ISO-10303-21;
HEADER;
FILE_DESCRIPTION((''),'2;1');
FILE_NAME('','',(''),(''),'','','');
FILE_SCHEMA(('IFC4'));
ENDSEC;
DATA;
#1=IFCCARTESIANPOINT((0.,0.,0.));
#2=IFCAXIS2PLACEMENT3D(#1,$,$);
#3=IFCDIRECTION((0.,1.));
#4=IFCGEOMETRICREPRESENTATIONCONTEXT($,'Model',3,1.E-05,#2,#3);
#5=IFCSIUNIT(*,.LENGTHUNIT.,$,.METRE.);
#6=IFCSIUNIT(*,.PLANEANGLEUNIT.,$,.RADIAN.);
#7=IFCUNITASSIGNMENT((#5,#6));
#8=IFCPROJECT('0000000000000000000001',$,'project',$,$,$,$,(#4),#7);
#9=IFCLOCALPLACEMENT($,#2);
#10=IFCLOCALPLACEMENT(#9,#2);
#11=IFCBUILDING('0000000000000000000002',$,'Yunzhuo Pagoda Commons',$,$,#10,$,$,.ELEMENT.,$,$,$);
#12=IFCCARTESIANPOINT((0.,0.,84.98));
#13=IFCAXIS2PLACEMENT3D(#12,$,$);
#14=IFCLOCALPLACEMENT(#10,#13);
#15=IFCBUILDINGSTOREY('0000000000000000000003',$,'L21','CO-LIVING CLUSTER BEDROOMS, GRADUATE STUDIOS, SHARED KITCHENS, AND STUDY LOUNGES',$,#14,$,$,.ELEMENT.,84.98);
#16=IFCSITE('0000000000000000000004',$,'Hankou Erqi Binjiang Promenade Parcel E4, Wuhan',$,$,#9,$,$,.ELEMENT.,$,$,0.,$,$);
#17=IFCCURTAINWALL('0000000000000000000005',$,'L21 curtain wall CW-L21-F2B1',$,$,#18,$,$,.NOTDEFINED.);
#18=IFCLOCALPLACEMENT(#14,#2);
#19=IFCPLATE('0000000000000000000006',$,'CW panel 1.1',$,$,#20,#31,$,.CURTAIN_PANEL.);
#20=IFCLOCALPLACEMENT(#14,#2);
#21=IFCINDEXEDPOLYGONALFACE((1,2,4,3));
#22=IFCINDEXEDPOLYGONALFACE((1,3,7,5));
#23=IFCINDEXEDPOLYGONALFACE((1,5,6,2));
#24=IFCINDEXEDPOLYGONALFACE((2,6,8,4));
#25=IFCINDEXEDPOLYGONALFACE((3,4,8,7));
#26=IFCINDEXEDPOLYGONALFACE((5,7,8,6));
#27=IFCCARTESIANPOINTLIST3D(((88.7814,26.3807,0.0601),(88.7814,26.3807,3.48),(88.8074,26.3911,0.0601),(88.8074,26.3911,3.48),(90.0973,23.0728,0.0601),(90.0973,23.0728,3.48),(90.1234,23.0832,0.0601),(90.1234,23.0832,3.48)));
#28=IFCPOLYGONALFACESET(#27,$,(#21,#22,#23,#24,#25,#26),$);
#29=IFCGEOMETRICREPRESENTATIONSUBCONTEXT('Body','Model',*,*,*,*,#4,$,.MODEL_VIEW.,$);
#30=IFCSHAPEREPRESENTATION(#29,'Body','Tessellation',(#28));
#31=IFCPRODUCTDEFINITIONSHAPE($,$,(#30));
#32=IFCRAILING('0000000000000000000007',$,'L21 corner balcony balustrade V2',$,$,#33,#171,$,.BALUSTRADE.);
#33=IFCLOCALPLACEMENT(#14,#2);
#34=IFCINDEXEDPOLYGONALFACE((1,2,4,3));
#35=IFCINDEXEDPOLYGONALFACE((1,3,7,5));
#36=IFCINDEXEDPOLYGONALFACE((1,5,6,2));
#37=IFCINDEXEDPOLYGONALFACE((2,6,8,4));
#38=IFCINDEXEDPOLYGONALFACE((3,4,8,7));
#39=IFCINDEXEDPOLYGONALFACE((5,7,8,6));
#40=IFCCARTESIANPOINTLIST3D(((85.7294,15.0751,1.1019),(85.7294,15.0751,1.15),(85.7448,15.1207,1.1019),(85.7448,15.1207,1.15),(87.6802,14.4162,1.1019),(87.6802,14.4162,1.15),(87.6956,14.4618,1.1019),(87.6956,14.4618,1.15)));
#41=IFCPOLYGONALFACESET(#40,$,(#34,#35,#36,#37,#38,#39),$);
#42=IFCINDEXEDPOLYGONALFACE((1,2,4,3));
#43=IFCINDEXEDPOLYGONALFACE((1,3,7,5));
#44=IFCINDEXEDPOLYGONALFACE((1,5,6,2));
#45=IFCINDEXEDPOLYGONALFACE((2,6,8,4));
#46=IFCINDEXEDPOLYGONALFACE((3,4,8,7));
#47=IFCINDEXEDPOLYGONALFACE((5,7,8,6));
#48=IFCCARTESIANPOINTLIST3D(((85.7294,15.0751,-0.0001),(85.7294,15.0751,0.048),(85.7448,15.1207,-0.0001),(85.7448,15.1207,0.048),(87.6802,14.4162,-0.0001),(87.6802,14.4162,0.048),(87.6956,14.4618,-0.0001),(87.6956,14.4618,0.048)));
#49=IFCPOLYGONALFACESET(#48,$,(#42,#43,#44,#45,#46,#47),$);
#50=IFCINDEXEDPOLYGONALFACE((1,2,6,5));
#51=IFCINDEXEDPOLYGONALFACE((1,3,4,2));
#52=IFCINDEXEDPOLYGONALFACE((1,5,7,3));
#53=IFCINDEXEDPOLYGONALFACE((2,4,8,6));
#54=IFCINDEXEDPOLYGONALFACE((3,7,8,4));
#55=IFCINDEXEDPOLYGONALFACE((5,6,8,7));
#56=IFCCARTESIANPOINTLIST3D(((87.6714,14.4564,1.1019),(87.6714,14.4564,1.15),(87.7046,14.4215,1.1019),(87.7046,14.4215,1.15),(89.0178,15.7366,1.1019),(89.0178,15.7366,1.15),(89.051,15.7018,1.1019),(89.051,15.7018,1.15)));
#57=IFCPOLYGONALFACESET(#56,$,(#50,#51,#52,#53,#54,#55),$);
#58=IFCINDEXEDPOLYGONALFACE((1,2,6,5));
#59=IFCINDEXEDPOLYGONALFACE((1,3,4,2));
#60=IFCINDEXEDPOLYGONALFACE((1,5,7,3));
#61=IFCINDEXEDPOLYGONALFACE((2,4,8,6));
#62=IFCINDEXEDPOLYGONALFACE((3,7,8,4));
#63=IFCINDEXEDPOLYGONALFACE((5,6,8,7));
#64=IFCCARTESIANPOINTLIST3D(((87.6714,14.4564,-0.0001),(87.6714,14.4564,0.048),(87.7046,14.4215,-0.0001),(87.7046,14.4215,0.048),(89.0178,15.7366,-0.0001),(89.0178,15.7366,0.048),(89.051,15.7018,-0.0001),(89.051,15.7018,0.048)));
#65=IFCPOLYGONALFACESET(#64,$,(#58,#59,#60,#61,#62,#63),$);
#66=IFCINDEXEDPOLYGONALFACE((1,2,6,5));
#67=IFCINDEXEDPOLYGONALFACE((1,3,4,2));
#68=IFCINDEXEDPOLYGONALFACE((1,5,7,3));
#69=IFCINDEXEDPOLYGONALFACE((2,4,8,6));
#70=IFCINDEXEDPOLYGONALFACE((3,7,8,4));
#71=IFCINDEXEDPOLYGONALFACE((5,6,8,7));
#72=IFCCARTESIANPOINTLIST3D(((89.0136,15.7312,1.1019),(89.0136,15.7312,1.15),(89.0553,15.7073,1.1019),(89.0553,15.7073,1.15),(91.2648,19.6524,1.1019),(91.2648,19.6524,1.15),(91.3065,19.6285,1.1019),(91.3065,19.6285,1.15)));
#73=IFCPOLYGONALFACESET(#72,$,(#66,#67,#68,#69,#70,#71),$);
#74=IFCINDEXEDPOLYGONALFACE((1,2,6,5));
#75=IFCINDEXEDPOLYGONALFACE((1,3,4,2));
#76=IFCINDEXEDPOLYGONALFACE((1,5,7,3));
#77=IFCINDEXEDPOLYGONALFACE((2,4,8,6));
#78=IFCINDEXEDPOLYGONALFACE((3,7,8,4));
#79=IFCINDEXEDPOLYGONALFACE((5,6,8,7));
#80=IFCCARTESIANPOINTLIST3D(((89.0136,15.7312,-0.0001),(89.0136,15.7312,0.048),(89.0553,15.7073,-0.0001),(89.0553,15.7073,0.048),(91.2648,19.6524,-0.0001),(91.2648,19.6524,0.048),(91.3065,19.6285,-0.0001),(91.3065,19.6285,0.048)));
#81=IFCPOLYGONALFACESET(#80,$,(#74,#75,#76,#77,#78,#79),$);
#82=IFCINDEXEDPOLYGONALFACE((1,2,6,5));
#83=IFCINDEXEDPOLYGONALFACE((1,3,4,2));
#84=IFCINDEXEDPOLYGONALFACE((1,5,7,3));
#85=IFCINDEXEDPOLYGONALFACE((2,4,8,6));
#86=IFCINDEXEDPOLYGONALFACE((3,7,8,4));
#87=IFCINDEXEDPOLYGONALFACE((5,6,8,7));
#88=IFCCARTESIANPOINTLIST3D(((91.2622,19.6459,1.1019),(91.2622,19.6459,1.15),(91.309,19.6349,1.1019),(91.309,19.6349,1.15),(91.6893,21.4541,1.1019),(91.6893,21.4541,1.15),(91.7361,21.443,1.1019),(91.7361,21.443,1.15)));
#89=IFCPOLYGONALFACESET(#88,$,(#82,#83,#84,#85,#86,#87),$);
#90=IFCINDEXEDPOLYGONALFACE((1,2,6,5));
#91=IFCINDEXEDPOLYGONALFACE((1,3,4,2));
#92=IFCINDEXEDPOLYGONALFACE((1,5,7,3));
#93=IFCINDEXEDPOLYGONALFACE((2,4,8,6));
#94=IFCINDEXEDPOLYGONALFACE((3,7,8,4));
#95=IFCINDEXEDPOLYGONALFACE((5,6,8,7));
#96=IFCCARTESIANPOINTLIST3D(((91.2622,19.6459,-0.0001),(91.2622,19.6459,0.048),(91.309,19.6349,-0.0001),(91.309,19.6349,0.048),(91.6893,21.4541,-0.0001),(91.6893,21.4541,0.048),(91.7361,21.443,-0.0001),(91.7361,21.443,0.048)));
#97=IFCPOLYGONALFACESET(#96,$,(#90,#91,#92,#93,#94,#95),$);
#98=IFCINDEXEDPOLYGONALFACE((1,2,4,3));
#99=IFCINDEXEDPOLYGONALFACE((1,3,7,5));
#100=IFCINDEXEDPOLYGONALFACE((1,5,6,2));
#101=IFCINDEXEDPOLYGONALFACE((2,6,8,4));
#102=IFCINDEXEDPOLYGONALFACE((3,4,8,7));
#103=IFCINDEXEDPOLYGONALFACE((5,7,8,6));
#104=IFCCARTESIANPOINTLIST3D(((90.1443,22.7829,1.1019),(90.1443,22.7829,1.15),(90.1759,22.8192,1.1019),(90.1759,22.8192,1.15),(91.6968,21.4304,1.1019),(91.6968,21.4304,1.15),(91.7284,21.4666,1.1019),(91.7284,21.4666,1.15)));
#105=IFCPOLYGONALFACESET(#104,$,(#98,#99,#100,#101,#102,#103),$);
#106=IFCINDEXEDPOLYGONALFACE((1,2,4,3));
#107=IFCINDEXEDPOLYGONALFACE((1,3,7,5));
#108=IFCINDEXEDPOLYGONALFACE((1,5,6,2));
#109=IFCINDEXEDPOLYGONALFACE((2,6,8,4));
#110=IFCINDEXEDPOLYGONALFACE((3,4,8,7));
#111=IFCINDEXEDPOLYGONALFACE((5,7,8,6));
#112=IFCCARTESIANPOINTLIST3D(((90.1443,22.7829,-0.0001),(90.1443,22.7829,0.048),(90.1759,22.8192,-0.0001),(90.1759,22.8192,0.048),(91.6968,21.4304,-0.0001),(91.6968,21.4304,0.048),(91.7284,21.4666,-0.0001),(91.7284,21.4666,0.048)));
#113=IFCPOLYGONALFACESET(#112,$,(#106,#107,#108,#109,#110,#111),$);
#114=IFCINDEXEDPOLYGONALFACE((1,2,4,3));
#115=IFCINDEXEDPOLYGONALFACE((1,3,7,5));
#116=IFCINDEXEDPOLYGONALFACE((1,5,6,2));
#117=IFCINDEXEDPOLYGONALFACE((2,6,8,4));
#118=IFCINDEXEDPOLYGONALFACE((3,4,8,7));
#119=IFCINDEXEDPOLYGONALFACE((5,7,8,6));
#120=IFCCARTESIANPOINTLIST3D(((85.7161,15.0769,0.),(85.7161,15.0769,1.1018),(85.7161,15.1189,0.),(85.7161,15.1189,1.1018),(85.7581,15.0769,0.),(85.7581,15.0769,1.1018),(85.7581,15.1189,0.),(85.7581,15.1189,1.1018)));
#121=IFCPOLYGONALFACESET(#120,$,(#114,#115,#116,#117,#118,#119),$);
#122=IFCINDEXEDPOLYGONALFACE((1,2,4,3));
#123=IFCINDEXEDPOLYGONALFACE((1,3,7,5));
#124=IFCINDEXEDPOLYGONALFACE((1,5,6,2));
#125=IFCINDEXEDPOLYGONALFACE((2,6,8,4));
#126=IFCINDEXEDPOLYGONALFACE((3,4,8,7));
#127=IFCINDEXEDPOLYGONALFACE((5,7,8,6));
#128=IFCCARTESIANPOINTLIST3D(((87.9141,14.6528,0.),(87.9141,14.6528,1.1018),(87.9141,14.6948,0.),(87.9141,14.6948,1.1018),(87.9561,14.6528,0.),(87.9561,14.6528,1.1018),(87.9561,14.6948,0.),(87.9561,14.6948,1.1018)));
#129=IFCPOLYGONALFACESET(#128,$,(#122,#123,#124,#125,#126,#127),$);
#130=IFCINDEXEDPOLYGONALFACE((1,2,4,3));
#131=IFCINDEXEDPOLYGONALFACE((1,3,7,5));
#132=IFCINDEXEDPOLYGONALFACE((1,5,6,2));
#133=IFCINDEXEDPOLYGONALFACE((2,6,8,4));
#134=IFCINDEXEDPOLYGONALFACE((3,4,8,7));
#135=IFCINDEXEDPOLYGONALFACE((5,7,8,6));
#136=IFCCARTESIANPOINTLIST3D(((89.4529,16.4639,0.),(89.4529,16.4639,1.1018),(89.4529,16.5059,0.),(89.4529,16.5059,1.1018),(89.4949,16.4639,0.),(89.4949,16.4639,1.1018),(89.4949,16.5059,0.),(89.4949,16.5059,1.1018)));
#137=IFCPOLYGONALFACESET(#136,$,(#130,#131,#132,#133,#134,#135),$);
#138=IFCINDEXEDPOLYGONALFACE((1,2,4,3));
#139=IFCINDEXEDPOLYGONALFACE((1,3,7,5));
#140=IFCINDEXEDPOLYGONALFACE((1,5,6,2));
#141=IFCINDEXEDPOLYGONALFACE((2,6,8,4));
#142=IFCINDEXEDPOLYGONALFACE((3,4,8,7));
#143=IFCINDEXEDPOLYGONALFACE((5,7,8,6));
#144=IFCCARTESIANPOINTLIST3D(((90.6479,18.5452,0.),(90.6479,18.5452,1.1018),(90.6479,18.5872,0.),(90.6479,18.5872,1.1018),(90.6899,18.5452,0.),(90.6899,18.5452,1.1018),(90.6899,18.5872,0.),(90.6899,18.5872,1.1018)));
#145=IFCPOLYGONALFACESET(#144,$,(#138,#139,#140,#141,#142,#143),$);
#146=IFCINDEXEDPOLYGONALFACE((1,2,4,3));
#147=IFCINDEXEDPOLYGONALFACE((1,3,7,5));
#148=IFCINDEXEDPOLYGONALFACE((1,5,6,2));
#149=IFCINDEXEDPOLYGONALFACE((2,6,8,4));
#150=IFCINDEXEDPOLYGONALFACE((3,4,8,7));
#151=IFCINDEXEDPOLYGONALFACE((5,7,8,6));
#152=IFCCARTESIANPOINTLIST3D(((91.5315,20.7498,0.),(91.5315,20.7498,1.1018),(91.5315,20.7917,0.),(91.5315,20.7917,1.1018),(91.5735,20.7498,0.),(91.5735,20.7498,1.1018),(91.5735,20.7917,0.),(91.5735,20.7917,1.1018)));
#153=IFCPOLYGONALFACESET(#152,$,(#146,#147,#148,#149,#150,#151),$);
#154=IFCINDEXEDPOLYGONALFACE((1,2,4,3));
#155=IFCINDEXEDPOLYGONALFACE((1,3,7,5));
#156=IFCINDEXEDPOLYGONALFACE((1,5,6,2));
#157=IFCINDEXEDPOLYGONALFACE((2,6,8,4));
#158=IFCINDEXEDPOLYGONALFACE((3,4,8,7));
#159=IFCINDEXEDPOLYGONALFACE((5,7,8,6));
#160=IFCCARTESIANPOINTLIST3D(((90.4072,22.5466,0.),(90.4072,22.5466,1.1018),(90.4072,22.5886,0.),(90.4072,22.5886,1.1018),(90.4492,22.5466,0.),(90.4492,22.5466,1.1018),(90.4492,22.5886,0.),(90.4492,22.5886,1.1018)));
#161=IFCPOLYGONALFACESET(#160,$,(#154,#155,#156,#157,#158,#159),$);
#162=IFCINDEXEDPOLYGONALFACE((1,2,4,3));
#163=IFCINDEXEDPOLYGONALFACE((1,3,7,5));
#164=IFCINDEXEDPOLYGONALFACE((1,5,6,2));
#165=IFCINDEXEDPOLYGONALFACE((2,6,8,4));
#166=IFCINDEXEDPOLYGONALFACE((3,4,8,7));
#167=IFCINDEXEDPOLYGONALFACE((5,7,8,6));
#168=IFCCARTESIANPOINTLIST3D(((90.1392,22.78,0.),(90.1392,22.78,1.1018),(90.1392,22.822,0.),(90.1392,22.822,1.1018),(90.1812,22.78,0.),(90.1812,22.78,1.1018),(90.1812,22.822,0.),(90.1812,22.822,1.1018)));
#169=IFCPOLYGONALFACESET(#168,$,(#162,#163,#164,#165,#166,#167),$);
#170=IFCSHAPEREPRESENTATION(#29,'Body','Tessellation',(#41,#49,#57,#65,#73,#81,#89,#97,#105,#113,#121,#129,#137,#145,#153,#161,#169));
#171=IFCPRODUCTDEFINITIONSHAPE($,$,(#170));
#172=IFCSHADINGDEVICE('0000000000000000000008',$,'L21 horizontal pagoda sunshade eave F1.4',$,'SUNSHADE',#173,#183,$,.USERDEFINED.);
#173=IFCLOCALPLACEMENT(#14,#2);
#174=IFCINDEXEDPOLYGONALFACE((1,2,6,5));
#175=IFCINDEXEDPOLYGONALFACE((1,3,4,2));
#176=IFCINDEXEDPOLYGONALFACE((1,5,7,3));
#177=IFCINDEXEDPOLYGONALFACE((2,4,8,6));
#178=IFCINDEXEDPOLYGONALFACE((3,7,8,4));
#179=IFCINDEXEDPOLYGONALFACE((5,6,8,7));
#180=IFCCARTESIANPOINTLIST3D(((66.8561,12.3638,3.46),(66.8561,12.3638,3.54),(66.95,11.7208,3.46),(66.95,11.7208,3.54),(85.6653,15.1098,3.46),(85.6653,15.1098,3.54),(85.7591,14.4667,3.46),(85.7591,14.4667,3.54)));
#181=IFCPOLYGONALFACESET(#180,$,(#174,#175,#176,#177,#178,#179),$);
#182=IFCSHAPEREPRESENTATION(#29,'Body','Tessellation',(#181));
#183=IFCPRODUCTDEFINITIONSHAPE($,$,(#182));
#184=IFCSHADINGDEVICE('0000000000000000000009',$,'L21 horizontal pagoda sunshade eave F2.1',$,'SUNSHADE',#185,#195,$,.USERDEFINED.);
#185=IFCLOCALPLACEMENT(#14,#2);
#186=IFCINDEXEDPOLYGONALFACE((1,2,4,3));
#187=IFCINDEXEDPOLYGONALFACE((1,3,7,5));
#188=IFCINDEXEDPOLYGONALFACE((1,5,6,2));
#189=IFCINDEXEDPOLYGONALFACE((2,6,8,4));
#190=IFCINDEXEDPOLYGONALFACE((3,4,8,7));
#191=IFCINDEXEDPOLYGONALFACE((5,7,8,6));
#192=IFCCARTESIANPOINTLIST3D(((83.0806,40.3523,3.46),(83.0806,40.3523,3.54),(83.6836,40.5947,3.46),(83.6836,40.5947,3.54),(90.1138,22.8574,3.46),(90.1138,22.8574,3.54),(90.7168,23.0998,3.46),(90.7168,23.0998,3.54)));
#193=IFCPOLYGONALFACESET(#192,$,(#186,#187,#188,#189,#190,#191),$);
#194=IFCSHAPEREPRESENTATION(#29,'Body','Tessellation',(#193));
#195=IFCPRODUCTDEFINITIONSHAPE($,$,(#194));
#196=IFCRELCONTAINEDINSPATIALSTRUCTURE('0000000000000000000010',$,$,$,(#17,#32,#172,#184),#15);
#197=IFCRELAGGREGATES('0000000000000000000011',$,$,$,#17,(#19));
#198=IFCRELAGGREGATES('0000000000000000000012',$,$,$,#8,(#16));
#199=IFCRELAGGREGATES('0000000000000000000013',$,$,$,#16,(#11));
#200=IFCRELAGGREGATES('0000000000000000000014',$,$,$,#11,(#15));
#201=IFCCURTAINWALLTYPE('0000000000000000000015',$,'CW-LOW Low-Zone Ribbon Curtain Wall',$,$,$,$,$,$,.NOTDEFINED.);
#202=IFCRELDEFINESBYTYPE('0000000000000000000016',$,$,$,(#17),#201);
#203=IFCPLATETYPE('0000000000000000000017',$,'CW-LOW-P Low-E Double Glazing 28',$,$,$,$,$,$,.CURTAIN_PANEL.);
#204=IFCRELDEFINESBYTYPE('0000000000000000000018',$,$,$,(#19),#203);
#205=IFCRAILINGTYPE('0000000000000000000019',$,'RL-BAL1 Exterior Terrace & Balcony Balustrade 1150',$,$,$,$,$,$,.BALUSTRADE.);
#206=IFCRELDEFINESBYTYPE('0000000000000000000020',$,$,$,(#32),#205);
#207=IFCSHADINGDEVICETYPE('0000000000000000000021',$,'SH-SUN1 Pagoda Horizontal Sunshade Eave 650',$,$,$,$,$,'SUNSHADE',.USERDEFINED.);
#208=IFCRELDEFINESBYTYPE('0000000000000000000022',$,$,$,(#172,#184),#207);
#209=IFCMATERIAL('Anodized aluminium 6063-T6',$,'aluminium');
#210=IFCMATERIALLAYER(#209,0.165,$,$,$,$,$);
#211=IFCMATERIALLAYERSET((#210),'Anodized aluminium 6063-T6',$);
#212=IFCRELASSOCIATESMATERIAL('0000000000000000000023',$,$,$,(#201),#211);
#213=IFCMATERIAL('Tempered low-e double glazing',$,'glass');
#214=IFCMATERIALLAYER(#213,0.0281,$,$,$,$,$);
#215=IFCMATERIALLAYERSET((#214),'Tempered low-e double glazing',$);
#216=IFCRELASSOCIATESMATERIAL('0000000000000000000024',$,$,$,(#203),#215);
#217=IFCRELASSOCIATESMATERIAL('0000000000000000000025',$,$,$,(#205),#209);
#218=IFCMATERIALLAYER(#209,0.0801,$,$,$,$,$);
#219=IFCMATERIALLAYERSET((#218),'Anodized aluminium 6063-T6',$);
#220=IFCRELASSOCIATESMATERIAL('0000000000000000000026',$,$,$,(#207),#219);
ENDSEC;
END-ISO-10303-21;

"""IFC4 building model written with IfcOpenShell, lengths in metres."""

from ifc_helpers import new_model, si_unit, direction, frame, origin, origin_2d, place, context, subcontext, project, spatial, rectangle, extrude, source, transform, mapped, material, layer, layer_set, type_object, element, aggregate, save


model = new_model("IFC4")

# Units and contexts
model_context = context("Model", 3, precision=1e-05, world=origin(), true_north=direction((0.0, 1.0)))
body_context = subcontext(model_context, "Body", "Model", "MODEL_VIEW")
ifc_project = project(units=[si_unit("LENGTHUNIT", "METRE"), si_unit("PLANEANGLEUNIT", "RADIAN")], contexts=[model_context])

# Site, building, storey
site_placement = place(None, origin())
site = spatial("IfcSite", under=ifc_project, at=site_placement, Name="Hankou Erqi Binjiang Promenade Parcel E4, Wuhan", CompositionType="ELEMENT", RefElevation=0.0)
building_placement = place(site_placement, origin())
building = spatial("IfcBuilding", under=site, at=building_placement, Name="Yunzhuo Pagoda Commons", CompositionType="ELEMENT")
storey_placement = place(building_placement, frame((0.0, 0.0, 84.98)))
storey = spatial("IfcBuildingStorey", under=building, at=storey_placement, Name="L21", Description="CO-LIVING CLUSTER BEDROOMS, GRADUATE STUDIOS, SHARED KITCHENS, AND STUDY LOUNGES", CompositionType="ELEMENT", Elevation=84.98)

# Shared definitions
ifc_material_1 = material(Name="Anodized aluminium 6063-T6", Category="aluminium")
ifc_layer_1 = layer(ifc_material_1, 0.165)
ifc_layer_set_1 = layer_set([ifc_layer_1], Name="Anodized aluminium 6063-T6")
curtain_wall_type = type_object("IfcCurtainWallType", Name="CW-LOW Low-Zone Ribbon Curtain Wall", PredefinedType="NOTDEFINED", material=ifc_layer_set_1)

# Curtain wall
curtain_wall_1_placement = place(storey_placement, origin())
curtain_wall_1 = element("IfcCurtainWall", 1, at=curtain_wall_1_placement, inside=storey, type_object=curtain_wall_type, Name="L21 curtain wall CW-L21-F2B1", PredefinedType="NOTDEFINED")

# Plate
ifc_material_2 = material(Name="Tempered low-e double glazing", Category="glass")
ifc_layer_2 = layer(ifc_material_2, 0.0281)
ifc_layer_set_2 = layer_set([ifc_layer_2], Name="Tempered low-e double glazing")
plate_type = type_object("IfcPlateType", Name="CW-LOW-P Low-E Double Glazing 28", PredefinedType="CURTAIN_PANEL", material=ifc_layer_set_2)
shared_shape_1 = source(origin(), body_context, "Body", "SweptSolid", [
    extrude(rectangle(XDim=3.5601, YDim=0.0281, at=origin_2d()), origin(), (0.0, 0.0, 1.0), 3.4199),
])
plate_1_placement = place(storey_placement, frame((89.4524, 24.7319, 0.0601), z_axis=(0.0, 0.0, 1.0), x_axis=(-0.369652, 0.92917, 0.0)))
plate_1 = element("IfcPlate", 2, at=plate_1_placement, type_object=plate_type, Name="CW panel 1.1", PredefinedType="CURTAIN_PANEL", context=body_context, shape_type="MappedRepresentation", body=[
    mapped(shared_shape_1, transform((0.0, 0.0, 0.0), scale=1.0)),
])
aggregate(curtain_wall_1, [plate_1])

# Railing
railing_type = type_object("IfcRailingType", Name="RL-BAL1 Exterior Terrace & Balcony Balustrade 1150", PredefinedType="BALUSTRADE", material=ifc_material_1)
railing_placement = place(storey_placement, frame((85.7371, 15.0979, 0.0)))
element("IfcRailing", 3, at=railing_placement, inside=storey, type_object=railing_type, Name="L21 corner balcony balustrade V2", PredefinedType="BALUSTRADE", context=body_context, shape_type="SweptSolid", body=[
    extrude(rectangle(XDim=0.0481, YDim=0.0481, at=origin_2d()), frame((0.0, 0.0, 1.126), z_axis=(0.947419, -0.319996, 0.0), x_axis=(0.319996, 0.947419, 0.0)), (0.0, 0.0, 1.0), 2.0591),
    extrude(rectangle(XDim=0.0481, YDim=0.0481, at=origin_2d()), frame((0.0, 0.0, 0.0239), z_axis=(0.947419, -0.319996, 0.0), x_axis=(0.319996, 0.947419, 0.0)), (0.0, 0.0, 1.0), 2.0591),
    extrude(rectangle(XDim=0.0481, YDim=0.0481, at=origin_2d()), frame((1.9509, -0.6589, 1.126), z_axis=(0.724688, 0.689077, 0.0), x_axis=(-0.689077, 0.724688, 0.0)), (0.0, 0.0, 1.0), 1.8579),
    extrude(rectangle(XDim=0.0481, YDim=0.0481, at=origin_2d()), frame((1.9509, -0.6589, 0.0239), z_axis=(0.724688, 0.689077, 0.0), x_axis=(-0.689077, 0.724688, 0.0)), (0.0, 0.0, 1.0), 1.8579),
    extrude(rectangle(XDim=0.0481, YDim=0.0481, at=origin_2d()), frame((3.2974, 0.6213, 1.126), z_axis=(0.4979, 0.867235, 0.0), x_axis=(-0.867235, 0.4979, 0.0)), (0.0, 0.0, 1.0), 4.5215),
    extrude(rectangle(XDim=0.0481, YDim=0.0481, at=origin_2d()), frame((3.2974, 0.6213, 0.0239), z_axis=(0.4979, 0.867235, 0.0), x_axis=(-0.867235, 0.4979, 0.0)), (0.0, 0.0, 1.0), 4.5215),
    extrude(rectangle(XDim=0.0481, YDim=0.0481, at=origin_2d()), frame((5.5486, 4.5425, 1.126), z_axis=(0.229838, 0.973229, 0.0), x_axis=(-0.973229, 0.229838, 0.0)), (0.0, 0.0, 1.0), 1.8579),
    extrude(rectangle(XDim=0.0481, YDim=0.0481, at=origin_2d()), frame((5.5486, 4.5425, 0.0239), z_axis=(0.229838, 0.973229, 0.0), x_axis=(-0.973229, 0.229838, 0.0)), (0.0, 0.0, 1.0), 1.8579),
    extrude(rectangle(XDim=0.0481, YDim=0.0481, at=origin_2d()), frame((5.9756, 6.3506, 1.126), z_axis=(-0.753993, 0.656883, 0.0), x_axis=(-0.656883, -0.753993, 0.0)), (0.0, 0.0, 1.0), 2.0591),
    extrude(rectangle(XDim=0.0481, YDim=0.0481, at=origin_2d()), frame((5.9756, 6.3506, 0.0239), z_axis=(-0.753993, 0.656883, 0.0), x_axis=(-0.656883, -0.753993, 0.0)), (0.0, 0.0, 1.0), 2.0591),
    extrude(rectangle(XDim=0.042, YDim=0.042, at=origin_2d()), origin(), (0.0, 0.0, 1.0), 1.1018),
    extrude(rectangle(XDim=0.042, YDim=0.042, at=origin_2d()), frame((2.198, -0.4241, 0.0)), (0.0, 0.0, 1.0), 1.1018),
    extrude(rectangle(XDim=0.042, YDim=0.042, at=origin_2d()), frame((3.7368, 1.387, 0.0)), (0.0, 0.0, 1.0), 1.1018),
    extrude(rectangle(XDim=0.042, YDim=0.042, at=origin_2d()), frame((4.9319, 3.4683, 0.0)), (0.0, 0.0, 1.0), 1.1018),
    extrude(rectangle(XDim=0.042, YDim=0.042, at=origin_2d()), frame((5.8154, 5.6729, 0.0)), (0.0, 0.0, 1.0), 1.1018),
    extrude(rectangle(XDim=0.042, YDim=0.042, at=origin_2d()), frame((4.6912, 7.4697, 0.0)), (0.0, 0.0, 1.0), 1.1018),
    extrude(rectangle(XDim=0.042, YDim=0.042, at=origin_2d()), frame((4.4231, 7.7031, 0.0)), (0.0, 0.0, 1.0), 1.1018),
])

# Shading devices
ifc_layer_3 = layer(ifc_material_1, 0.0801)
ifc_layer_set_3 = layer_set([ifc_layer_3], Name="Anodized aluminium 6063-T6")
shading_device_type = type_object("IfcShadingDeviceType", Name="SH-SUN1 Pagoda Horizontal Sunshade Eave 650", ElementType="SUNSHADE", PredefinedType="USERDEFINED", material=ifc_layer_set_3)
shared_shape_2 = source(origin(), body_context, "Body", "SweptSolid", [
    extrude(rectangle(XDim=19.0085, YDim=0.6499, at=origin_2d()), origin(), (0.0, 0.0, 1.0), 0.0801),
])
shading_device_1_placement = place(storey_placement, frame((76.3076, 13.4153, 3.46), z_axis=(0.0, 0.0, 1.0), x_axis=(0.989511, 0.14446, 0.0)))
element("IfcShadingDevice", 4, at=shading_device_1_placement, inside=storey, type_object=shading_device_type, Name="L21 horizontal pagoda sunshade eave F1.4", ObjectType="SUNSHADE", PredefinedType="USERDEFINED", context=body_context, shape_type="MappedRepresentation", body=[
    mapped(shared_shape_2, transform((0.0, 0.0, 0.0), scale=1.0)),
])
shared_shape_3 = source(origin(), body_context, "Body", "SweptSolid", [
    extrude(rectangle(XDim=18.8557, YDim=0.6499, at=origin_2d()), origin(), (0.0, 0.0, 1.0), 0.0801),
])
shading_device_2_placement = place(storey_placement, frame((86.8987, 31.7261, 3.46), z_axis=(0.0, 0.0, 1.0), x_axis=(-0.373004, 0.92783, 0.0)))
element("IfcShadingDevice", 5, at=shading_device_2_placement, inside=storey, type_object=shading_device_type, Name="L21 horizontal pagoda sunshade eave F2.1", ObjectType="SUNSHADE", PredefinedType="USERDEFINED", context=body_context, shape_type="MappedRepresentation", body=[
    mapped(shared_shape_3, transform((0.0, 0.0, 0.0), scale=1.0)),
])

save(model, "model.ifc")
